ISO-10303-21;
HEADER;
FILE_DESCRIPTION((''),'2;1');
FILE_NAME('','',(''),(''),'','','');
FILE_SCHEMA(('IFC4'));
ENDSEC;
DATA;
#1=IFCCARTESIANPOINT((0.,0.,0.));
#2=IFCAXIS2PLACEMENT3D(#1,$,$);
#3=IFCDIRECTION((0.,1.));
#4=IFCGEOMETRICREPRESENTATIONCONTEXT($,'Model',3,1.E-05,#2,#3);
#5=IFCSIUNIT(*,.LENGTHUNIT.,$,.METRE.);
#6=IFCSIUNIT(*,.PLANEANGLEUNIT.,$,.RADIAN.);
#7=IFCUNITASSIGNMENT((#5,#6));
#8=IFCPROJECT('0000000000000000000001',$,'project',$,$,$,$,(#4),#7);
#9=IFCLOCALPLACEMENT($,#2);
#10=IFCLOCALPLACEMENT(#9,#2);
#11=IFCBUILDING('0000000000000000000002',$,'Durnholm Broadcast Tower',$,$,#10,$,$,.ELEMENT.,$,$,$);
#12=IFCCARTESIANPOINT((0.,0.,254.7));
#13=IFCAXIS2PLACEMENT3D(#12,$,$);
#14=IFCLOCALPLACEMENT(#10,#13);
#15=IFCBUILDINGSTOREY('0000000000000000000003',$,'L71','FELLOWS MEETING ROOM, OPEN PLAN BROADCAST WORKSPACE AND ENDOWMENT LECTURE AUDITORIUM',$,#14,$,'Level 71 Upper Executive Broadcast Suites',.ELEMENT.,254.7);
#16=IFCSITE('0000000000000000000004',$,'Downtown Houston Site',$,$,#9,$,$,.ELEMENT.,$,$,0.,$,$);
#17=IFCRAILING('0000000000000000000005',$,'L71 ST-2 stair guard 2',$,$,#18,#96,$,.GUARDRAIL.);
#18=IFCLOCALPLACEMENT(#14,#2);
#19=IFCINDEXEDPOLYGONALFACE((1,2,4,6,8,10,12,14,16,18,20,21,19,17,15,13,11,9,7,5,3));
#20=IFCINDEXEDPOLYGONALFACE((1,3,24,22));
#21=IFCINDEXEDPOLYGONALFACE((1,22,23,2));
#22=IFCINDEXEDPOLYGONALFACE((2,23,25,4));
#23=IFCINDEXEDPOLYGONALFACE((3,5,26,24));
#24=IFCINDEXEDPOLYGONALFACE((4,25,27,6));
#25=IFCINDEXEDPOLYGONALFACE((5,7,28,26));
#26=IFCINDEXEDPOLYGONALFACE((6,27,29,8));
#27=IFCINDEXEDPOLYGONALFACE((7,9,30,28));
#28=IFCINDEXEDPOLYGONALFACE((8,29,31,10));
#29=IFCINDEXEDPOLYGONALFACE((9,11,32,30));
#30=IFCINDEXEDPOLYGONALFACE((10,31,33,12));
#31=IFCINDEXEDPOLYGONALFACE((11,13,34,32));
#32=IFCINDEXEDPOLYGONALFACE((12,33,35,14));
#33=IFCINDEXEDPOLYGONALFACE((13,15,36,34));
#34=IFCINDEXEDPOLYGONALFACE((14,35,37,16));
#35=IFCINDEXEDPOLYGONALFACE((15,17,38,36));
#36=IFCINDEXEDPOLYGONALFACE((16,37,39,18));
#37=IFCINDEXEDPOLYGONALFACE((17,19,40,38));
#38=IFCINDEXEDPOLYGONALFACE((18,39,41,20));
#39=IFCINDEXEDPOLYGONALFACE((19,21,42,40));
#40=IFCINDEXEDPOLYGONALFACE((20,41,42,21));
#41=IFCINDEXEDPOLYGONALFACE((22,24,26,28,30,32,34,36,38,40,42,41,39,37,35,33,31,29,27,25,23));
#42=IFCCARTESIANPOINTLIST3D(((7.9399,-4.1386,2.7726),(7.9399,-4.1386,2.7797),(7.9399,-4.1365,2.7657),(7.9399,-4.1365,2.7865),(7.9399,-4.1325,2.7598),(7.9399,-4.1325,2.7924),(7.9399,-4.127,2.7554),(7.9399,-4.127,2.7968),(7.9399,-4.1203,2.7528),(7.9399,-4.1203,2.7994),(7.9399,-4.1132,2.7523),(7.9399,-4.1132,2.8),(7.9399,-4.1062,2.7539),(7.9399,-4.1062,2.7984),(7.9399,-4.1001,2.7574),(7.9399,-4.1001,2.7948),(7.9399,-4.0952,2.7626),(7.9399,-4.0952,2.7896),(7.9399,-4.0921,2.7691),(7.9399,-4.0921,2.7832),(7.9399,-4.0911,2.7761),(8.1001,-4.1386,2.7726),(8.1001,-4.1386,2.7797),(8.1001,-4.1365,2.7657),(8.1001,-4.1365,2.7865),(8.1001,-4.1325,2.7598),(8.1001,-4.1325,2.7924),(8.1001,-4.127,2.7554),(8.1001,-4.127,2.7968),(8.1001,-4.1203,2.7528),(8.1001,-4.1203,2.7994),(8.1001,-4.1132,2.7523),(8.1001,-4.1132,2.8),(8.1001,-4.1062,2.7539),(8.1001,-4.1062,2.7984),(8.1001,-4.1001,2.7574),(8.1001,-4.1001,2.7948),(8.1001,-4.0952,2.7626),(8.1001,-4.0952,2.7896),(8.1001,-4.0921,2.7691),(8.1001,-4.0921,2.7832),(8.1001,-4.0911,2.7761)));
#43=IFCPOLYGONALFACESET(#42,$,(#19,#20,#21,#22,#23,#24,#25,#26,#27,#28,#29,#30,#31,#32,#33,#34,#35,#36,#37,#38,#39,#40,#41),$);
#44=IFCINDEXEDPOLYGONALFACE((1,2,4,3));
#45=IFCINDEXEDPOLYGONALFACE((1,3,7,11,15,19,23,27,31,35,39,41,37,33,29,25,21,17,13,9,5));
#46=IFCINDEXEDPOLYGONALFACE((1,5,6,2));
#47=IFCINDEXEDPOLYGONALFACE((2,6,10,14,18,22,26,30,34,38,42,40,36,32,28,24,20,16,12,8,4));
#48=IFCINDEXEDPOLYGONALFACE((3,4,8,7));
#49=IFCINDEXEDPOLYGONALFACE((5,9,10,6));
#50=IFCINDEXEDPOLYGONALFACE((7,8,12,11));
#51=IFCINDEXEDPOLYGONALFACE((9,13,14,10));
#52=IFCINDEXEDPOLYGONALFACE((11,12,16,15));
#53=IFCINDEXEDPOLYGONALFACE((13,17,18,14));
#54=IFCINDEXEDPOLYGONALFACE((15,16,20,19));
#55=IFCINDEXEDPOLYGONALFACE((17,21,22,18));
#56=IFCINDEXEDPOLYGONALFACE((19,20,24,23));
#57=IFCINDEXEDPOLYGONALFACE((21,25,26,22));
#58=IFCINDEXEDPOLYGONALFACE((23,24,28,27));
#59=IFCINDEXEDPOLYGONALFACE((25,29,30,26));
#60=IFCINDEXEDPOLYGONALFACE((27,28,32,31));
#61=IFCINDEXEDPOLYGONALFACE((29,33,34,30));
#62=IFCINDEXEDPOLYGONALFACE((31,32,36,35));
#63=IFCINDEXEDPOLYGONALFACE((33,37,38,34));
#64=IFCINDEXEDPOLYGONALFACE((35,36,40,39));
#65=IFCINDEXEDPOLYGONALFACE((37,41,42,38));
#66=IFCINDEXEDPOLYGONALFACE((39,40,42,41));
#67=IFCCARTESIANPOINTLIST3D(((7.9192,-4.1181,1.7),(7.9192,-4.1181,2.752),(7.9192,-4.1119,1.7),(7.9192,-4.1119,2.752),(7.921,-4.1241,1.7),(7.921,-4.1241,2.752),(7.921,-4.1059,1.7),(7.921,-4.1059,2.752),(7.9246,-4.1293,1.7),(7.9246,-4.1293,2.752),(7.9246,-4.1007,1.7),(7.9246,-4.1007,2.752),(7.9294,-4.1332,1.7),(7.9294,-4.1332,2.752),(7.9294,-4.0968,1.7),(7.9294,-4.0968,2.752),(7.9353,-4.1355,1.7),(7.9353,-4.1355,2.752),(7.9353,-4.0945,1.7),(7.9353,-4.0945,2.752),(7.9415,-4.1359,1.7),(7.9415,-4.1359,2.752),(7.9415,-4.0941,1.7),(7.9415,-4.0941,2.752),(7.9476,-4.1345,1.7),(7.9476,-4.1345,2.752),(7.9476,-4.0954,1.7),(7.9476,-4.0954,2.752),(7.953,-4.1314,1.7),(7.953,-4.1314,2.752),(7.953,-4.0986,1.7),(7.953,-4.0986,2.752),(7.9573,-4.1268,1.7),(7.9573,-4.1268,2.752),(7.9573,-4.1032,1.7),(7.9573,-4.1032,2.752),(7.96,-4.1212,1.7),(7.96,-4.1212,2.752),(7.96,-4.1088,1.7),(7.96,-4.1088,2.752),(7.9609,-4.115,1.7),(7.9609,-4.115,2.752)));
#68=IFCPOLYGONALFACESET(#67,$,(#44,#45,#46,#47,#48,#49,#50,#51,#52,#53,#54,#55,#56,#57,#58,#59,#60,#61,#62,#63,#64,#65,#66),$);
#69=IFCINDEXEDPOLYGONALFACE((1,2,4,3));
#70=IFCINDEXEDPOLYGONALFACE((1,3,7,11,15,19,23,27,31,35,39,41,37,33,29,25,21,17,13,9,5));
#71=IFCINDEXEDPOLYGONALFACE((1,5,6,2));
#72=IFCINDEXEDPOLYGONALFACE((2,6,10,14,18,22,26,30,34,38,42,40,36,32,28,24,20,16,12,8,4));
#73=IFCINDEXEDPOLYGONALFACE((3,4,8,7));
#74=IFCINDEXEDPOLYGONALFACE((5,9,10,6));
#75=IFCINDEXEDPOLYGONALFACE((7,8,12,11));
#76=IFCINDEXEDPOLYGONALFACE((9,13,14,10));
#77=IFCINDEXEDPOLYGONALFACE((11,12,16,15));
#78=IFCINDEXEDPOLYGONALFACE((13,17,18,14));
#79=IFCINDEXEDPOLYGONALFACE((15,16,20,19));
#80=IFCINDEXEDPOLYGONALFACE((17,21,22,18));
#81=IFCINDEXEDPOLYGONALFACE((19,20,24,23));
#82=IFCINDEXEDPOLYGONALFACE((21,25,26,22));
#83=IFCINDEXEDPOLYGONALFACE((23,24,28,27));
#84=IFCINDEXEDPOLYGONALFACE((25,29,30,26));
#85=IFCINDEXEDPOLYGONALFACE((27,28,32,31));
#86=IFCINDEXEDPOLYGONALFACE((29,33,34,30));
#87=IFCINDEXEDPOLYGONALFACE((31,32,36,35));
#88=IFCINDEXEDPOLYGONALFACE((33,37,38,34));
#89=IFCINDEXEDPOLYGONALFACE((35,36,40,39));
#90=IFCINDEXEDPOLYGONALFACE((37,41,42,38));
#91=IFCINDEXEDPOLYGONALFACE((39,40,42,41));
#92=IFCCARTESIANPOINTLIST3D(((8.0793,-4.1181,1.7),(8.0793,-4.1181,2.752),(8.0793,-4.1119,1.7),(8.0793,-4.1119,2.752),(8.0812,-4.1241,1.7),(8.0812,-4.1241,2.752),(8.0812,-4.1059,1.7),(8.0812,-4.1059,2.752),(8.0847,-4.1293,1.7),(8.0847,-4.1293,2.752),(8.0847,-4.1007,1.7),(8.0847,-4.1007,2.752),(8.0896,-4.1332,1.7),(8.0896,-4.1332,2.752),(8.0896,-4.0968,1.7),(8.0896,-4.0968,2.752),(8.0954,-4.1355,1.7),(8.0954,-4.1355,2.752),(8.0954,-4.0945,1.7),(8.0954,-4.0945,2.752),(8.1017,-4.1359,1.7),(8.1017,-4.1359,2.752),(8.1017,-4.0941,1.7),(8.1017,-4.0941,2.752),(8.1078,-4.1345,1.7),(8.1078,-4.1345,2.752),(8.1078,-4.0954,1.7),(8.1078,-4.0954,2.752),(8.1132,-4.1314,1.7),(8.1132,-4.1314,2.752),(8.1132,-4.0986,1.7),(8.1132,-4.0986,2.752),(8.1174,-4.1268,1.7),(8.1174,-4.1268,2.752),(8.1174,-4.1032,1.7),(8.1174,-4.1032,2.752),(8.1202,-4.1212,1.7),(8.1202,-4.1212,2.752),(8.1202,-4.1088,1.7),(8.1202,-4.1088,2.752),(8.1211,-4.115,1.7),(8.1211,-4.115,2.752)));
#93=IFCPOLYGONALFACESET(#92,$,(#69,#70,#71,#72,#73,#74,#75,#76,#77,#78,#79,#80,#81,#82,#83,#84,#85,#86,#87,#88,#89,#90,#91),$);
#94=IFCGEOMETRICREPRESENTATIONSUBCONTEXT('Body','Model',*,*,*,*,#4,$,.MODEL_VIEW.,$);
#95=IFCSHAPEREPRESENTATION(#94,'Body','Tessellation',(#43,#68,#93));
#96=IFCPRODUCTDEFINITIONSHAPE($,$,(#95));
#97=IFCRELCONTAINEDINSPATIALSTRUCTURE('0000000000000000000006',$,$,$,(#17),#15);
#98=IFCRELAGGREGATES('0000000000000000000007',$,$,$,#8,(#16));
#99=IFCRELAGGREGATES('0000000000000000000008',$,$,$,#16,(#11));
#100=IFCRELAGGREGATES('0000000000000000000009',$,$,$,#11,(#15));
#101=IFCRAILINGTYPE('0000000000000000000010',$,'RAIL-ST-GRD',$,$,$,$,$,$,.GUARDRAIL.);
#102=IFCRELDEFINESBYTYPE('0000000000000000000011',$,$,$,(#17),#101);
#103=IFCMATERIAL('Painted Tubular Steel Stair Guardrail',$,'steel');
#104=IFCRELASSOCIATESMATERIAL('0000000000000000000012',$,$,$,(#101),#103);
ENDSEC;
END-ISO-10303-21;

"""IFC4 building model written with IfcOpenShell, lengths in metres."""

from ifc_helpers import new_model, si_unit, direction, frame, origin, origin_2d, place, context, subcontext, project, spatial, circle, extrude, material, type_object, element, save


model = new_model("IFC4")

# Units and contexts
model_context = context("Model", 3, precision=1e-05, world=origin(), true_north=direction((0.0, 1.0)))
body_context = subcontext(model_context, "Body", "Model", "MODEL_VIEW")
ifc_project = project(units=[si_unit("LENGTHUNIT", "METRE"), si_unit("PLANEANGLEUNIT", "RADIAN")], contexts=[model_context])

# Site, building, storey
site_placement = place(None, origin())
site = spatial("IfcSite", under=ifc_project, at=site_placement, Name="Downtown Houston Site", CompositionType="ELEMENT", RefElevation=0.0)
building_placement = place(site_placement, origin())
building = spatial("IfcBuilding", under=site, at=building_placement, Name="Durnholm Broadcast Tower", CompositionType="ELEMENT")
storey_placement = place(building_placement, frame((0.0, 0.0, 254.7)))
storey = spatial("IfcBuildingStorey", under=building, at=storey_placement, Name="L71", Description="FELLOWS MEETING ROOM, OPEN PLAN BROADCAST WORKSPACE AND ENDOWMENT LECTURE AUDITORIUM", LongName="Level 71 Upper Executive Broadcast Suites", CompositionType="ELEMENT", Elevation=254.7)

# Railing
ifc_material_1 = material(Name="Painted Tubular Steel Stair Guardrail", Category="steel")
railing_type_1 = type_object("IfcRailingType", Name="RAIL-ST-GRD", PredefinedType="GUARDRAIL", material=ifc_material_1)
railing_1_placement = place(storey_placement, frame((7.9399, -4.115, 1.7)))
element("IfcRailing", 1, at=railing_1_placement, inside=storey, type_object=railing_type_1, Name="L71 ST-2 stair guard 2", PredefinedType="GUARDRAIL", context=body_context, shape_type="SweptSolid", body=[
    extrude(circle(Radius=0.0239, at=origin_2d()), frame((0.0, 0.0, 1.0762), z_axis=(1.0, 0.0, 0.0), x_axis=(0.0, 1.0, 0.0)), (0.0, 0.0, 1.0), 0.1602),
    extrude(circle(Radius=0.021, at=origin_2d()), origin(), (0.0, 0.0, 1.0), 1.052),
    extrude(circle(Radius=0.021, at=origin_2d()), frame((0.1602, 0.0, 0.0)), (0.0, 0.0, 1.0), 1.052),
])

save(model, "model.ifc")
